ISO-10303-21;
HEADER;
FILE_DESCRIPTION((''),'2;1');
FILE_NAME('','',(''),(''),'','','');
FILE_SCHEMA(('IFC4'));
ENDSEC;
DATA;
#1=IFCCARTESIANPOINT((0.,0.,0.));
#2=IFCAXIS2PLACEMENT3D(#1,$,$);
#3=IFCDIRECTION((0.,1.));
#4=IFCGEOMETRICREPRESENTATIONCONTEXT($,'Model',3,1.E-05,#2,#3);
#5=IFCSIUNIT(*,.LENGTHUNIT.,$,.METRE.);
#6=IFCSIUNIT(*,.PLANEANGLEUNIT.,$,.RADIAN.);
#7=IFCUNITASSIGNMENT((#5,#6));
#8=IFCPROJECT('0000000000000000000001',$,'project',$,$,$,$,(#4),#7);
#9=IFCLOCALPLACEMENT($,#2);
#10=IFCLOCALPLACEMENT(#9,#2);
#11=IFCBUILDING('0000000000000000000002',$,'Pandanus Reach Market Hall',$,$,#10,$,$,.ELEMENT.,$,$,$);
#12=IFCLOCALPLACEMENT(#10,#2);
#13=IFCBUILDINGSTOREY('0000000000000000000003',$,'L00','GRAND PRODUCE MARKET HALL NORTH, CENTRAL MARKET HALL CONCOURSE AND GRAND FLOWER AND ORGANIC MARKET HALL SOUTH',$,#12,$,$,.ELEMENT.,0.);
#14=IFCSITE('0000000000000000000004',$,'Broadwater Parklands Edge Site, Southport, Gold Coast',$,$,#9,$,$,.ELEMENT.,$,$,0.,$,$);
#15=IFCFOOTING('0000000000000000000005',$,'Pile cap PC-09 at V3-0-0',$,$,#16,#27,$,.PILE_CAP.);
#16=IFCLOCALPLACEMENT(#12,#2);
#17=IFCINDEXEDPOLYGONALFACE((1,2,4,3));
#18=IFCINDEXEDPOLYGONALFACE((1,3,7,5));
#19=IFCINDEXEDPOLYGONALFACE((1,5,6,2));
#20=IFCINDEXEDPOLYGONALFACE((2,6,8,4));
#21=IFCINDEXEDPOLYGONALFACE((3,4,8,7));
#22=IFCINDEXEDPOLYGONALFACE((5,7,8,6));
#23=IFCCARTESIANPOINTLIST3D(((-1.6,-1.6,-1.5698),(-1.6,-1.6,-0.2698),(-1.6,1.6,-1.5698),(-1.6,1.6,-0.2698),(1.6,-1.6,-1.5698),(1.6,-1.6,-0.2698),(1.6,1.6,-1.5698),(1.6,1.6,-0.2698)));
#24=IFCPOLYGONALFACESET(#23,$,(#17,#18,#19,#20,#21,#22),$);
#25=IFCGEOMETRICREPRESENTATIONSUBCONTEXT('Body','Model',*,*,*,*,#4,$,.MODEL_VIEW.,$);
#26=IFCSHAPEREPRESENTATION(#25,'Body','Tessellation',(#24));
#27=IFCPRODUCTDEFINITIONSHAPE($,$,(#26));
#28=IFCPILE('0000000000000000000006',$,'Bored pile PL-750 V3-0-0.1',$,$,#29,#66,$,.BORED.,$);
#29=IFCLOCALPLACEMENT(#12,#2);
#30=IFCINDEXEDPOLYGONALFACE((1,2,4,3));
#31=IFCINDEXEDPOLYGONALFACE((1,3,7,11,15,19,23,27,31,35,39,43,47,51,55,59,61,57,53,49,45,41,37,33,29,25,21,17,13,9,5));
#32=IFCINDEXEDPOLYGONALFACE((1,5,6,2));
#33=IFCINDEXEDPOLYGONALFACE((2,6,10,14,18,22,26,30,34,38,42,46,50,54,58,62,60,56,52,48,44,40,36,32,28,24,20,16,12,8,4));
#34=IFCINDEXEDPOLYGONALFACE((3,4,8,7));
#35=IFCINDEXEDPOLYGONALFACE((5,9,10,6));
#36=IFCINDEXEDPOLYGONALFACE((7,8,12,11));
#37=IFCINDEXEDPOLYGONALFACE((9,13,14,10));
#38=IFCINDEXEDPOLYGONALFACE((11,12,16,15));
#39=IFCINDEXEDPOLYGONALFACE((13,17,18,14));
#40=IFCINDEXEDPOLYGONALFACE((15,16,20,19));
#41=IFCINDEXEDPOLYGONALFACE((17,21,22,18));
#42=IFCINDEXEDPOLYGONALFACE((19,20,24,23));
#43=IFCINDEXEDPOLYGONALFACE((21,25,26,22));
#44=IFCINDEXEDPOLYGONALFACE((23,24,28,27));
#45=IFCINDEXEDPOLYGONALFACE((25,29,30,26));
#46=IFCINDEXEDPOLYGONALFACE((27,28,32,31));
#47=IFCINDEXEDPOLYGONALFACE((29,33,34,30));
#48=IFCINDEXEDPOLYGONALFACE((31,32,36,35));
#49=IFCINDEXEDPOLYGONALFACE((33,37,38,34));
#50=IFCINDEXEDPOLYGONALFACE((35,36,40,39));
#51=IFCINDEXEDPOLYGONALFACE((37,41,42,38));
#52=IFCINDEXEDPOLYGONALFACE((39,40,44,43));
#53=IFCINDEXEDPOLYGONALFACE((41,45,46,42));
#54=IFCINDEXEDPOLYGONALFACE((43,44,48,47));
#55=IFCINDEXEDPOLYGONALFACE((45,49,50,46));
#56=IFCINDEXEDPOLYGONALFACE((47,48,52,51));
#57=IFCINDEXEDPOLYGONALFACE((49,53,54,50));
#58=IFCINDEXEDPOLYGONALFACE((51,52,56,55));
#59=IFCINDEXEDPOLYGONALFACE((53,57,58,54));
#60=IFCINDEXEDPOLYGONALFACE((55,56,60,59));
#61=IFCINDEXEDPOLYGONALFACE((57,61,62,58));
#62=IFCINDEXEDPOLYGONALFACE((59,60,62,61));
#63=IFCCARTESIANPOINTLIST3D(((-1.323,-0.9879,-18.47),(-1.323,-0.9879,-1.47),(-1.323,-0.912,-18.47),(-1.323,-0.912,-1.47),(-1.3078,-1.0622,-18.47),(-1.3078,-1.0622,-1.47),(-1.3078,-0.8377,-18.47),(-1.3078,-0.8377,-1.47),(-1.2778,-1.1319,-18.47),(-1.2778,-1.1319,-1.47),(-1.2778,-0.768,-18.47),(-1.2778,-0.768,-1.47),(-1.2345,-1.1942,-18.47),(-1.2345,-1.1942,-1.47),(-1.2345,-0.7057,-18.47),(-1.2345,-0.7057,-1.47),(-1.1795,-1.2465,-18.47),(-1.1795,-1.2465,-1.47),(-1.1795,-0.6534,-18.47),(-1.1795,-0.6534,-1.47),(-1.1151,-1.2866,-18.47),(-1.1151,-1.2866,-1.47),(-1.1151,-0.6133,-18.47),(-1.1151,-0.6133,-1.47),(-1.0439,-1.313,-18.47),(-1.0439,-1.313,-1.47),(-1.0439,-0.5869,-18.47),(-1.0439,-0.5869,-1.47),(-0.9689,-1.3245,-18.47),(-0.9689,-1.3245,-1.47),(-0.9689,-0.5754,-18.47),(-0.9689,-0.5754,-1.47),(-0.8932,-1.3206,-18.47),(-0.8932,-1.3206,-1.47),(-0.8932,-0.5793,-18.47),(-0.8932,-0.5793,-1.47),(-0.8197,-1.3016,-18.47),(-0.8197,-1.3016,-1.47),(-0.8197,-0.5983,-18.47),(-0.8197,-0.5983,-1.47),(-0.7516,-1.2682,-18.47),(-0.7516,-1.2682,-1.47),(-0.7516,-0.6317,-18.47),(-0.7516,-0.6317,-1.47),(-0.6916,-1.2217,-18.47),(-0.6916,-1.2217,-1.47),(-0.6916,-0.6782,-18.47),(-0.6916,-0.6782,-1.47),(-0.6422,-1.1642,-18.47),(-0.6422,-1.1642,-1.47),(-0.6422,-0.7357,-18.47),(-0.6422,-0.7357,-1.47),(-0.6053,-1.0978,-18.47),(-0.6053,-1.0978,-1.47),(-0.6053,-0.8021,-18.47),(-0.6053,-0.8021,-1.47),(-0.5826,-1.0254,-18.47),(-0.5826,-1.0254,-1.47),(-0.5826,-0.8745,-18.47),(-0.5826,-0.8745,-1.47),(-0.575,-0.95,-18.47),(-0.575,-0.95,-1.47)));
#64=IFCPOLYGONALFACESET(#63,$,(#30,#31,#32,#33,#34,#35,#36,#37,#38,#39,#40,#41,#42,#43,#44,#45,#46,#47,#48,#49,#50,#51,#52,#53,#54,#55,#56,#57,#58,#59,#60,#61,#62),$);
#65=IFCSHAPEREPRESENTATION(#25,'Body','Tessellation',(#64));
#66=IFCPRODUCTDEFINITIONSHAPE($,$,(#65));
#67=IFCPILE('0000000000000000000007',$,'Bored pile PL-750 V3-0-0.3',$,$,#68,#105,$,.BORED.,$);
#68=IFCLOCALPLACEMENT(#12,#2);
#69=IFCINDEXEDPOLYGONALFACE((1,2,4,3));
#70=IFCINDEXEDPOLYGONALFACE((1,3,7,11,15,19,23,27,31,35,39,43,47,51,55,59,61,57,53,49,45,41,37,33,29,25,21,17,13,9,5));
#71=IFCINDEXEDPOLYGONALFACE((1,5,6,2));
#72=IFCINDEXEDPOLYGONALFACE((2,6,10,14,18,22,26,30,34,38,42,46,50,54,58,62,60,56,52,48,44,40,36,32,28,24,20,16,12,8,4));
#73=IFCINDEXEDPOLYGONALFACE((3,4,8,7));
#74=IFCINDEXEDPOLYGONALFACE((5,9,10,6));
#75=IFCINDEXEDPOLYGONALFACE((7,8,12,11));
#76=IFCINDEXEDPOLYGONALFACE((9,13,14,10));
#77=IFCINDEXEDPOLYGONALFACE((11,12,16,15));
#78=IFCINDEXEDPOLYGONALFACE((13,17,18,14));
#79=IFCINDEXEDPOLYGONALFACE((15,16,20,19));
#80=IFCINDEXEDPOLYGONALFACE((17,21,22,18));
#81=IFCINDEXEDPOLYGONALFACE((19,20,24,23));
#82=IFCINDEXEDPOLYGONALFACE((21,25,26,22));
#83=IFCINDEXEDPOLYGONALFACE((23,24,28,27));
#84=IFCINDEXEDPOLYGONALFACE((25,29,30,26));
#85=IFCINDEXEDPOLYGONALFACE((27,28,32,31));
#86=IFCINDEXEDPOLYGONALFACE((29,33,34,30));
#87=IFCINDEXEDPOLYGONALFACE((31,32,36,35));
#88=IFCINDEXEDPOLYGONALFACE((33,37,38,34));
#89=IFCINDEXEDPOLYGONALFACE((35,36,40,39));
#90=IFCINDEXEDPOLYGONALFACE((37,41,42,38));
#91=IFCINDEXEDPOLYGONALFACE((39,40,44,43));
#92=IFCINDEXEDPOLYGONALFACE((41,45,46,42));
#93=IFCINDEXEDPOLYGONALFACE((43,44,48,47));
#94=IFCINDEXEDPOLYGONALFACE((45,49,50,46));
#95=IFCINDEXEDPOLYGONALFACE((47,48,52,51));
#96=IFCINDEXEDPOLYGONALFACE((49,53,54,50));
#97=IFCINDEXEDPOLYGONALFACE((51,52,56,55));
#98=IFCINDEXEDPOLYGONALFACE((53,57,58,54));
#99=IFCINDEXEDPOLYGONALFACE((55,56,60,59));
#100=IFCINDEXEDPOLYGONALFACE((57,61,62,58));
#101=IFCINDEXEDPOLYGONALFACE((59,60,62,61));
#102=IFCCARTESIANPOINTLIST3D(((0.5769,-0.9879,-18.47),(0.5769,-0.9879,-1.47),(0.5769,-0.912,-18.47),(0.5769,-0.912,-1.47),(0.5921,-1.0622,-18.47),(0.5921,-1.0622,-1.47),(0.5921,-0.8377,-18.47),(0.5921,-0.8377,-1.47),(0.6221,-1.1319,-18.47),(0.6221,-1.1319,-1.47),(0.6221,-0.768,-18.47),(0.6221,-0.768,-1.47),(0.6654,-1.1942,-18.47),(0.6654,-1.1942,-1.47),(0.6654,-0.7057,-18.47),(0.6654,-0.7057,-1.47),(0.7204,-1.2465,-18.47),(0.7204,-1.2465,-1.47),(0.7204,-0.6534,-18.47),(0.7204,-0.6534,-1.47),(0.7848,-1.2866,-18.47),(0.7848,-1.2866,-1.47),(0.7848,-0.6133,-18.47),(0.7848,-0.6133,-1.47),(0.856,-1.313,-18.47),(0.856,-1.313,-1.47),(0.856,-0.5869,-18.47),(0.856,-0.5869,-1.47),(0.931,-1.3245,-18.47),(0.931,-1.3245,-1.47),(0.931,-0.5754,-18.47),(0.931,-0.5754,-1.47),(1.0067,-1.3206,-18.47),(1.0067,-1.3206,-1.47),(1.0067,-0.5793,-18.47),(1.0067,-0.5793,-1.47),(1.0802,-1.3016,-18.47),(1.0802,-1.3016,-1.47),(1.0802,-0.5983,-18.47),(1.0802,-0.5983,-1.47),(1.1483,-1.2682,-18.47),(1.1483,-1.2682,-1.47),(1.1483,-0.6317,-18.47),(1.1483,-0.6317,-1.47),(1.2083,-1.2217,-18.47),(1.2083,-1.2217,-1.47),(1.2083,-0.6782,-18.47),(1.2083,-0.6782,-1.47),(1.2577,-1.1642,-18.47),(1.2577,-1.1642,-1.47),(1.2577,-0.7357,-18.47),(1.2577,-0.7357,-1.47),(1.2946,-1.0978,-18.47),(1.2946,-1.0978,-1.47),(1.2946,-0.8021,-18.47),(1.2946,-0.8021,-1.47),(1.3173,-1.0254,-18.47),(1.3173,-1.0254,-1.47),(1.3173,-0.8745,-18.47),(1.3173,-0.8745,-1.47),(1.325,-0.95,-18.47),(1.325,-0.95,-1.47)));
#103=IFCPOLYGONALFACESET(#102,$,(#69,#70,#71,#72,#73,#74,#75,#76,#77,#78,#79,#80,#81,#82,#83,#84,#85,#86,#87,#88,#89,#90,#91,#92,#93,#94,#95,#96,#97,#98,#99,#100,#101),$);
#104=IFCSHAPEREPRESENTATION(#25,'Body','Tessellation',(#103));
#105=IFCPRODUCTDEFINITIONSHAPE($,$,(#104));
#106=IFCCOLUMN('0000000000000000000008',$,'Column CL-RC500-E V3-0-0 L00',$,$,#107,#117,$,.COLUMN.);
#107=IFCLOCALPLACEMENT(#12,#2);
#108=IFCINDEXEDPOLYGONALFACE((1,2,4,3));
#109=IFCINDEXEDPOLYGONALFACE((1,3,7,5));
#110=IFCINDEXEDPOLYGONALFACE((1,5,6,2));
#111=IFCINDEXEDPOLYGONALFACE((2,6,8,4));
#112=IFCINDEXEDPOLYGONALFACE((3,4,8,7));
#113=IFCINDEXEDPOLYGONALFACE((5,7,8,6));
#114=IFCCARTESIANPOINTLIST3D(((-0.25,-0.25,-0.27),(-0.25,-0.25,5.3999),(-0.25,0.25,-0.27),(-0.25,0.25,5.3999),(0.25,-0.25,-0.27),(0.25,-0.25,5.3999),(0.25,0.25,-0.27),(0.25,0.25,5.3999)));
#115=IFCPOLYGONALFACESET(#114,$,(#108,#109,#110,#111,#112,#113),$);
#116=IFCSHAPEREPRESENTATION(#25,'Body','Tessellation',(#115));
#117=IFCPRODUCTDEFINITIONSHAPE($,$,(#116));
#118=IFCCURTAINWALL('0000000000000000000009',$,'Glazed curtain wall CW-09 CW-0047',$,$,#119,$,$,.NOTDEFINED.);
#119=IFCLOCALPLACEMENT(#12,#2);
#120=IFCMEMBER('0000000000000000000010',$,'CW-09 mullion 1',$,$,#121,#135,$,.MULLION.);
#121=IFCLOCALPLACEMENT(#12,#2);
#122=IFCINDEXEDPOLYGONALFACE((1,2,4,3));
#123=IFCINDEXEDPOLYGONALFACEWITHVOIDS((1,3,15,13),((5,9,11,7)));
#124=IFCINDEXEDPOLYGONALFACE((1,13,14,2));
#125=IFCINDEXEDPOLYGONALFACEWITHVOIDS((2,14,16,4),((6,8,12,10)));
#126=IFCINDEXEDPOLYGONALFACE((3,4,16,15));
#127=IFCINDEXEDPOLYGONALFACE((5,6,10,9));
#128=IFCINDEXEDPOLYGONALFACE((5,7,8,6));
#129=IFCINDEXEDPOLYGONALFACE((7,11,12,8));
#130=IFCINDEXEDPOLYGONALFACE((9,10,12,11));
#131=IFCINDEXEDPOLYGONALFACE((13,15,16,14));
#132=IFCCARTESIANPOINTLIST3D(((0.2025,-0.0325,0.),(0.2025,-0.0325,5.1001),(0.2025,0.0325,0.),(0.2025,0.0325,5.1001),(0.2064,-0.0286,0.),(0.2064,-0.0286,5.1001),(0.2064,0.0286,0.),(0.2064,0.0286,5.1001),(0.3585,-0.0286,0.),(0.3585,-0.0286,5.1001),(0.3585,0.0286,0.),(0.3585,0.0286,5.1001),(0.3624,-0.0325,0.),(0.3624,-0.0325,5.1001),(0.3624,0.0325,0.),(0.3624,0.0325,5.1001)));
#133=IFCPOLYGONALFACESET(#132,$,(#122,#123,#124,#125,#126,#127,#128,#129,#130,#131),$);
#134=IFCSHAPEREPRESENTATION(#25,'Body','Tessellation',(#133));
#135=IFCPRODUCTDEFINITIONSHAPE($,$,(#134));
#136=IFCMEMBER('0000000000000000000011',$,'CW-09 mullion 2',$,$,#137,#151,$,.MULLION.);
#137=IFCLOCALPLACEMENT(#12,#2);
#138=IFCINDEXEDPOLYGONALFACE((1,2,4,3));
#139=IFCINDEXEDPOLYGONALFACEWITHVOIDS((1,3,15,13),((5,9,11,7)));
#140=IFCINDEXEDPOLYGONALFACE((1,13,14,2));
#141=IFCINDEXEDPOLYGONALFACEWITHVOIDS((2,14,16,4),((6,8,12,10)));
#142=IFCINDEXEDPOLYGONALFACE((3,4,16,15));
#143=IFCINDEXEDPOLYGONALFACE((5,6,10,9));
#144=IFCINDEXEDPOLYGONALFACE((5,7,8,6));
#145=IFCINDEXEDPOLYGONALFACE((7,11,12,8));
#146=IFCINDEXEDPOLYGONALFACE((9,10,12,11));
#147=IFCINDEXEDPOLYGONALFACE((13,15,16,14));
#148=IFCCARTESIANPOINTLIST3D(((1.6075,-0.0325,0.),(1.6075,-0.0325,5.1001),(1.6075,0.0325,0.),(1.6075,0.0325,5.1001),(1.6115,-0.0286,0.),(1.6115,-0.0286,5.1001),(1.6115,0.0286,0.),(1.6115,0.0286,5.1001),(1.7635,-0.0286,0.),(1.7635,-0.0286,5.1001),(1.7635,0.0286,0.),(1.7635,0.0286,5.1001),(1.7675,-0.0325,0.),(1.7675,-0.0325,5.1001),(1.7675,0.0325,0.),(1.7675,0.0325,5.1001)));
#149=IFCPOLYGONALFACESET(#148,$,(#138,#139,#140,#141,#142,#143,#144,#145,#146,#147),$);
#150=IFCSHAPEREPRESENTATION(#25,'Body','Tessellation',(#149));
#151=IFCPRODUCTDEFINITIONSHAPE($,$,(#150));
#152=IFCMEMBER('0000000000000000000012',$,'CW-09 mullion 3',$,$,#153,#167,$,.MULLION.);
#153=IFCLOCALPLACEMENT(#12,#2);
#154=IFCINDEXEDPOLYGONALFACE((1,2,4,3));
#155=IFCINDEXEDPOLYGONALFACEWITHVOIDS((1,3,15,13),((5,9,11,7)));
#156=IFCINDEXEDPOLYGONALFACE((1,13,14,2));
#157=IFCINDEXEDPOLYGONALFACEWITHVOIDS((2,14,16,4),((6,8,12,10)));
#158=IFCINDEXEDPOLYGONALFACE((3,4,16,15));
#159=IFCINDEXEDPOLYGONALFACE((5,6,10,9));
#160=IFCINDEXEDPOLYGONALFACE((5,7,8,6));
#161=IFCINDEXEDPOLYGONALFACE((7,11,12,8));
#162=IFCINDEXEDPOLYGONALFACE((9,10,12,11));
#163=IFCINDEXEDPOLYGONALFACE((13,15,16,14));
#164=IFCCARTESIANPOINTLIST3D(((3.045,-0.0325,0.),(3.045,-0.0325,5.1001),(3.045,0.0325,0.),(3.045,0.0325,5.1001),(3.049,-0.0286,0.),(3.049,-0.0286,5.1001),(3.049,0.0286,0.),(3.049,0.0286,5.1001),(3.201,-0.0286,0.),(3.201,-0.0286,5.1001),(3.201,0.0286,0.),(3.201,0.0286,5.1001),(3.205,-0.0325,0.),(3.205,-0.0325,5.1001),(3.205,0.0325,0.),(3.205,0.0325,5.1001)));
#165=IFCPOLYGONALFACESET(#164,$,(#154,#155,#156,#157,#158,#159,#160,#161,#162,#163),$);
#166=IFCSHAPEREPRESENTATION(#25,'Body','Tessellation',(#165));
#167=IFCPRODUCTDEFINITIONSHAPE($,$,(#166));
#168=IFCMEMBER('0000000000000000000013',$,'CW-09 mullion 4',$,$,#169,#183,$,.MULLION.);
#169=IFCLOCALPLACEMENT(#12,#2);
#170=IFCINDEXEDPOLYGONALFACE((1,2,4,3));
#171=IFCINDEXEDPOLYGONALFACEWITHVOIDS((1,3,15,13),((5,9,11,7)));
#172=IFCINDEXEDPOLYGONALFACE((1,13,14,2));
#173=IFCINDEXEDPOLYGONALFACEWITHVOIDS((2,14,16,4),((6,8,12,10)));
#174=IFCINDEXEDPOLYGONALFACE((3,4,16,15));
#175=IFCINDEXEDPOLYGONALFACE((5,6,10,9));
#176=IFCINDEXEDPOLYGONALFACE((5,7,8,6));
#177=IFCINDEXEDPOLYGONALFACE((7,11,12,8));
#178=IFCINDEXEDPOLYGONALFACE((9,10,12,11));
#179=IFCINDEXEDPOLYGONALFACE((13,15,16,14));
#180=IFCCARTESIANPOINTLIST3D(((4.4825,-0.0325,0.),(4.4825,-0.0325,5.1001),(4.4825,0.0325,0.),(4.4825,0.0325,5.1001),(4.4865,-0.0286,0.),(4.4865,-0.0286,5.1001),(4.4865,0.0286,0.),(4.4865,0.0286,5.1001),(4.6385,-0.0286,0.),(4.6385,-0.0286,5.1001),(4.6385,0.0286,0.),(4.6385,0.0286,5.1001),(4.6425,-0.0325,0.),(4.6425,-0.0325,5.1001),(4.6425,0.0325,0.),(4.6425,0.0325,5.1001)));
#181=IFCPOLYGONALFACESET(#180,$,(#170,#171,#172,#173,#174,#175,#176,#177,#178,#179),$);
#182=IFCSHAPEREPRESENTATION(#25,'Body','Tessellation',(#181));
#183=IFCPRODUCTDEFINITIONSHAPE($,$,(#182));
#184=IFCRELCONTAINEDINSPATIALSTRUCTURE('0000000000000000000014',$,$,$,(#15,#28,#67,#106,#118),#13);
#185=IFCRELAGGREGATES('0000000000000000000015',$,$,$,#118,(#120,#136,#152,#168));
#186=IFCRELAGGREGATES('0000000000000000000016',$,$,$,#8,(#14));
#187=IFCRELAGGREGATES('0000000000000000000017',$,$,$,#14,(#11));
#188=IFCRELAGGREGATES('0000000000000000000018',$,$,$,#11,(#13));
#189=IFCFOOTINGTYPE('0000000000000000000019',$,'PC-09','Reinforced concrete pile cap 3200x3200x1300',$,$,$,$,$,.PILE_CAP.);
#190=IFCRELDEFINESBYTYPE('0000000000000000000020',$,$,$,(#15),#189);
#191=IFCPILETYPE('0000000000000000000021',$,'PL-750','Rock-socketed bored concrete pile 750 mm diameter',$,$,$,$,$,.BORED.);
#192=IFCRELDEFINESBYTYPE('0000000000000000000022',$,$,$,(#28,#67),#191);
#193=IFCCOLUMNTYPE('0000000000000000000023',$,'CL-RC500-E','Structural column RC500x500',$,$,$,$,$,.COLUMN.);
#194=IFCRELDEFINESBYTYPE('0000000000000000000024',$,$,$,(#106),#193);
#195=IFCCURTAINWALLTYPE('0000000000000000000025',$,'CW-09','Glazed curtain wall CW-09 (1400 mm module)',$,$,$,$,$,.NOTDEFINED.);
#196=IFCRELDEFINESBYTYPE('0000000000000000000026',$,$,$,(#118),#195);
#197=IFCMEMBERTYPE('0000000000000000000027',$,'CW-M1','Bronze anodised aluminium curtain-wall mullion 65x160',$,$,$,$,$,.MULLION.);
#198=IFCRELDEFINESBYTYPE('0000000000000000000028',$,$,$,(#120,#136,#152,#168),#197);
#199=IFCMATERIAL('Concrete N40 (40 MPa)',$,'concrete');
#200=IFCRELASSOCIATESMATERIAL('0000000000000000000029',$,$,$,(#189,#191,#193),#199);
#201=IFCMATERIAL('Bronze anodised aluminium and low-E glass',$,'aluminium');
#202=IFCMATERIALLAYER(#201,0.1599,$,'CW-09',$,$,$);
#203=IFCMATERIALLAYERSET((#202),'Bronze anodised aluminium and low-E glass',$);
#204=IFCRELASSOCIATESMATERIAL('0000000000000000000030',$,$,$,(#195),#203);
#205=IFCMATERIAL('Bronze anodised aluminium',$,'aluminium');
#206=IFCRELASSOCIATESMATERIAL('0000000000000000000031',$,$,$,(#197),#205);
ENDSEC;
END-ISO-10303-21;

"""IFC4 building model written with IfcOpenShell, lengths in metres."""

from ifc_helpers import new_model, si_unit, direction, frame, origin, origin_2d, place, context, subcontext, project, spatial, rectangle, hollow_rectangle, circle, extrude, material, layer, layer_set, material_profile, profile_set, type_object, element, aggregate, save


model = new_model("IFC4")

# Units and contexts
model_context = context("Model", 3, precision=1e-05, world=origin(), true_north=direction((0.0, 1.0)))
body_context = subcontext(model_context, "Body", "Model", "MODEL_VIEW")
ifc_project = project(units=[si_unit("LENGTHUNIT", "METRE"), si_unit("PLANEANGLEUNIT", "RADIAN")], contexts=[model_context])

# Site, building, storey
site_placement = place(None, origin())
site = spatial("IfcSite", under=ifc_project, at=site_placement, Name="Broadwater Parklands Edge Site, Southport, Gold Coast", CompositionType="ELEMENT", RefElevation=0.0)
building_placement = place(site_placement, origin())
building = spatial("IfcBuilding", under=site, at=building_placement, Name="Pandanus Reach Market Hall", CompositionType="ELEMENT")
storey_placement = place(building_placement, origin())
storey = spatial("IfcBuildingStorey", under=building, at=storey_placement, Name="L00", Description="GRAND PRODUCE MARKET HALL NORTH, CENTRAL MARKET HALL CONCOURSE AND GRAND FLOWER AND ORGANIC MARKET HALL SOUTH", CompositionType="ELEMENT", Elevation=0.0)

# Footing
ifc_material_1 = material(Name="Concrete N40 (40 MPa)", Category="concrete")
footing_type = type_object("IfcFootingType", Name="PC-09", Description="Reinforced concrete pile cap 3200x3200x1300", PredefinedType="PILE_CAP", material=ifc_material_1)
footing_placement = place(storey_placement, frame((0.0, 0.0, -1.5698), z_axis=(0.0, 0.0, 1.0), x_axis=(1.0, 0.0, 0.0)))
element("IfcFooting", 1, at=footing_placement, inside=storey, type_object=footing_type, Name="Pile cap PC-09 at V3-0-0", PredefinedType="PILE_CAP", context=body_context, shape_type="SweptSolid", body=[
    extrude(rectangle(XDim=3.2, YDim=3.2, at=origin_2d()), origin(), (0.0, 0.0, 1.0), 1.3),
])

# Piles
ifc_material_profile_1 = material_profile(ifc_material_1, circle(Radius=0.375, at=origin_2d()), Name="PILE-750D", Category="LoadBearing")
ifc_profile_set_1 = profile_set([ifc_material_profile_1], Name="Concrete N40 (40 MPa)")
pile_type = type_object("IfcPileType", Name="PL-750", Description="Rock-socketed bored concrete pile 750 mm diameter", PredefinedType="BORED", material=ifc_profile_set_1)
for number, where, z_axis, x_axis, name in (
    (2, (-0.95, -0.95, -1.47), (0.0, 0.0, -1.0), (1.0, 0.0, 0.0), "Bored pile PL-750 V3-0-0.1"),
    (3, (0.95, -0.95, -1.47), (0.0, 0.0, -1.0), (1.0, 0.0, 0.0), "Bored pile PL-750 V3-0-0.3"),
):
    element("IfcPile", number, at=place(storey_placement, frame(where, z_axis=z_axis, x_axis=x_axis)), inside=storey, type_object=pile_type, Name=name, PredefinedType="BORED", context=body_context, shape_type="SweptSolid", body=[
        extrude(circle(Radius=0.375, at=origin_2d()), origin(), (0.0, 0.0, 1.0), 17.0),
    ])

# Column
ifc_material_profile_2 = material_profile(ifc_material_1, rectangle(XDim=0.5, YDim=0.5, at=origin_2d()), Name="RC500x500", Category="LoadBearing")
ifc_profile_set_2 = profile_set([ifc_material_profile_2], Name="Concrete N40 (40 MPa)")
column_type = type_object("IfcColumnType", Name="CL-RC500-E", Description="Structural column RC500x500", PredefinedType="COLUMN", material=ifc_profile_set_2)
column_placement = place(storey_placement, frame((0.0, 0.0, -0.27), z_axis=(0.0, 0.0, 1.0), x_axis=(1.0, 0.0, 0.0)))
element("IfcColumn", 4, at=column_placement, inside=storey, type_object=column_type, Name="Column CL-RC500-E V3-0-0 L00", PredefinedType="COLUMN", context=body_context, shape_type="SweptSolid", body=[
    extrude(rectangle(XDim=0.5, YDim=0.5, at=origin_2d()), origin(), (0.0, 0.0, 1.0), 5.6699),
])

# Curtain wall, members
ifc_material_2 = material(Name="Bronze anodised aluminium and low-E glass", Category="aluminium")
ifc_layer_1 = layer(ifc_material_2, 0.1599, Name="CW-09")
ifc_layer_set_1 = layer_set([ifc_layer_1], Name="Bronze anodised aluminium and low-E glass")
curtain_wall_type = type_object("IfcCurtainWallType", Name="CW-09", Description="Glazed curtain wall CW-09 (1400 mm module)", PredefinedType="NOTDEFINED", material=ifc_layer_set_1)
curtain_wall_placement = place(storey_placement, origin())
curtain_wall = element("IfcCurtainWall", 5, at=curtain_wall_placement, inside=storey, type_object=curtain_wall_type, Name="Glazed curtain wall CW-09 CW-0047", PredefinedType="NOTDEFINED")
ifc_material_3 = material(Name="Bronze anodised aluminium", Category="aluminium")
ifc_material_profile_3 = material_profile(ifc_material_3, hollow_rectangle(XDim=0.0649, YDim=0.1599, WallThickness=0.0039, at=origin_2d()), Name="ALU65x160", Category="LoadBearing")
ifc_profile_set_3 = profile_set([ifc_material_profile_3], Name="Bronze anodised aluminium")
member_type_1 = type_object("IfcMemberType", Name="CW-M1", Description="Bronze anodised aluminium curtain-wall mullion 65x160", PredefinedType="MULLION", material=ifc_profile_set_3)
member_1_placement = place(storey_placement, frame((0.2825, 0.0, 0.0), z_axis=(0.0, 0.0, 1.0), x_axis=(0.0, 1.0, 0.0)))
member_1 = element("IfcMember", 6, at=member_1_placement, type_object=member_type_1, Name="CW-09 mullion 1", PredefinedType="MULLION", context=body_context, shape_type="SweptSolid", body=[
    extrude(hollow_rectangle(XDim=0.0649, YDim=0.1599, WallThickness=0.0039, at=origin_2d()), origin(), (0.0, 0.0, 1.0), 5.1001),
])
member_2_placement = place(storey_placement, frame((1.6875, 0.0, 0.0), z_axis=(0.0, 0.0, 1.0), x_axis=(0.0, 1.0, 0.0)))
member_2 = element("IfcMember", 7, at=member_2_placement, type_object=member_type_1, Name="CW-09 mullion 2", PredefinedType="MULLION", context=body_context, shape_type="SweptSolid", body=[
    extrude(hollow_rectangle(XDim=0.0649, YDim=0.1599, WallThickness=0.0039, at=origin_2d()), origin(), (0.0, 0.0, 1.0), 5.1001),
])
member_3_placement = place(storey_placement, frame((3.125, 0.0, 0.0), z_axis=(0.0, 0.0, 1.0), x_axis=(0.0, 1.0, 0.0)))
member_3 = element("IfcMember", 8, at=member_3_placement, type_object=member_type_1, Name="CW-09 mullion 3", PredefinedType="MULLION", context=body_context, shape_type="SweptSolid", body=[
    extrude(hollow_rectangle(XDim=0.0649, YDim=0.1599, WallThickness=0.0039, at=origin_2d()), origin(), (0.0, 0.0, 1.0), 5.1001),
])
member_4_placement = place(storey_placement, frame((4.5625, 0.0, 0.0), z_axis=(0.0, 0.0, 1.0), x_axis=(0.0, 1.0, 0.0)))
member_4 = element("IfcMember", 9, at=member_4_placement, type_object=member_type_1, Name="CW-09 mullion 4", PredefinedType="MULLION", context=body_context, shape_type="SweptSolid", body=[
    extrude(hollow_rectangle(XDim=0.0649, YDim=0.1599, WallThickness=0.0039, at=origin_2d()), origin(), (0.0, 0.0, 1.0), 5.1001),
])
aggregate(curtain_wall, [member_1, member_2, member_3, member_4])

save(model, "model.ifc")
